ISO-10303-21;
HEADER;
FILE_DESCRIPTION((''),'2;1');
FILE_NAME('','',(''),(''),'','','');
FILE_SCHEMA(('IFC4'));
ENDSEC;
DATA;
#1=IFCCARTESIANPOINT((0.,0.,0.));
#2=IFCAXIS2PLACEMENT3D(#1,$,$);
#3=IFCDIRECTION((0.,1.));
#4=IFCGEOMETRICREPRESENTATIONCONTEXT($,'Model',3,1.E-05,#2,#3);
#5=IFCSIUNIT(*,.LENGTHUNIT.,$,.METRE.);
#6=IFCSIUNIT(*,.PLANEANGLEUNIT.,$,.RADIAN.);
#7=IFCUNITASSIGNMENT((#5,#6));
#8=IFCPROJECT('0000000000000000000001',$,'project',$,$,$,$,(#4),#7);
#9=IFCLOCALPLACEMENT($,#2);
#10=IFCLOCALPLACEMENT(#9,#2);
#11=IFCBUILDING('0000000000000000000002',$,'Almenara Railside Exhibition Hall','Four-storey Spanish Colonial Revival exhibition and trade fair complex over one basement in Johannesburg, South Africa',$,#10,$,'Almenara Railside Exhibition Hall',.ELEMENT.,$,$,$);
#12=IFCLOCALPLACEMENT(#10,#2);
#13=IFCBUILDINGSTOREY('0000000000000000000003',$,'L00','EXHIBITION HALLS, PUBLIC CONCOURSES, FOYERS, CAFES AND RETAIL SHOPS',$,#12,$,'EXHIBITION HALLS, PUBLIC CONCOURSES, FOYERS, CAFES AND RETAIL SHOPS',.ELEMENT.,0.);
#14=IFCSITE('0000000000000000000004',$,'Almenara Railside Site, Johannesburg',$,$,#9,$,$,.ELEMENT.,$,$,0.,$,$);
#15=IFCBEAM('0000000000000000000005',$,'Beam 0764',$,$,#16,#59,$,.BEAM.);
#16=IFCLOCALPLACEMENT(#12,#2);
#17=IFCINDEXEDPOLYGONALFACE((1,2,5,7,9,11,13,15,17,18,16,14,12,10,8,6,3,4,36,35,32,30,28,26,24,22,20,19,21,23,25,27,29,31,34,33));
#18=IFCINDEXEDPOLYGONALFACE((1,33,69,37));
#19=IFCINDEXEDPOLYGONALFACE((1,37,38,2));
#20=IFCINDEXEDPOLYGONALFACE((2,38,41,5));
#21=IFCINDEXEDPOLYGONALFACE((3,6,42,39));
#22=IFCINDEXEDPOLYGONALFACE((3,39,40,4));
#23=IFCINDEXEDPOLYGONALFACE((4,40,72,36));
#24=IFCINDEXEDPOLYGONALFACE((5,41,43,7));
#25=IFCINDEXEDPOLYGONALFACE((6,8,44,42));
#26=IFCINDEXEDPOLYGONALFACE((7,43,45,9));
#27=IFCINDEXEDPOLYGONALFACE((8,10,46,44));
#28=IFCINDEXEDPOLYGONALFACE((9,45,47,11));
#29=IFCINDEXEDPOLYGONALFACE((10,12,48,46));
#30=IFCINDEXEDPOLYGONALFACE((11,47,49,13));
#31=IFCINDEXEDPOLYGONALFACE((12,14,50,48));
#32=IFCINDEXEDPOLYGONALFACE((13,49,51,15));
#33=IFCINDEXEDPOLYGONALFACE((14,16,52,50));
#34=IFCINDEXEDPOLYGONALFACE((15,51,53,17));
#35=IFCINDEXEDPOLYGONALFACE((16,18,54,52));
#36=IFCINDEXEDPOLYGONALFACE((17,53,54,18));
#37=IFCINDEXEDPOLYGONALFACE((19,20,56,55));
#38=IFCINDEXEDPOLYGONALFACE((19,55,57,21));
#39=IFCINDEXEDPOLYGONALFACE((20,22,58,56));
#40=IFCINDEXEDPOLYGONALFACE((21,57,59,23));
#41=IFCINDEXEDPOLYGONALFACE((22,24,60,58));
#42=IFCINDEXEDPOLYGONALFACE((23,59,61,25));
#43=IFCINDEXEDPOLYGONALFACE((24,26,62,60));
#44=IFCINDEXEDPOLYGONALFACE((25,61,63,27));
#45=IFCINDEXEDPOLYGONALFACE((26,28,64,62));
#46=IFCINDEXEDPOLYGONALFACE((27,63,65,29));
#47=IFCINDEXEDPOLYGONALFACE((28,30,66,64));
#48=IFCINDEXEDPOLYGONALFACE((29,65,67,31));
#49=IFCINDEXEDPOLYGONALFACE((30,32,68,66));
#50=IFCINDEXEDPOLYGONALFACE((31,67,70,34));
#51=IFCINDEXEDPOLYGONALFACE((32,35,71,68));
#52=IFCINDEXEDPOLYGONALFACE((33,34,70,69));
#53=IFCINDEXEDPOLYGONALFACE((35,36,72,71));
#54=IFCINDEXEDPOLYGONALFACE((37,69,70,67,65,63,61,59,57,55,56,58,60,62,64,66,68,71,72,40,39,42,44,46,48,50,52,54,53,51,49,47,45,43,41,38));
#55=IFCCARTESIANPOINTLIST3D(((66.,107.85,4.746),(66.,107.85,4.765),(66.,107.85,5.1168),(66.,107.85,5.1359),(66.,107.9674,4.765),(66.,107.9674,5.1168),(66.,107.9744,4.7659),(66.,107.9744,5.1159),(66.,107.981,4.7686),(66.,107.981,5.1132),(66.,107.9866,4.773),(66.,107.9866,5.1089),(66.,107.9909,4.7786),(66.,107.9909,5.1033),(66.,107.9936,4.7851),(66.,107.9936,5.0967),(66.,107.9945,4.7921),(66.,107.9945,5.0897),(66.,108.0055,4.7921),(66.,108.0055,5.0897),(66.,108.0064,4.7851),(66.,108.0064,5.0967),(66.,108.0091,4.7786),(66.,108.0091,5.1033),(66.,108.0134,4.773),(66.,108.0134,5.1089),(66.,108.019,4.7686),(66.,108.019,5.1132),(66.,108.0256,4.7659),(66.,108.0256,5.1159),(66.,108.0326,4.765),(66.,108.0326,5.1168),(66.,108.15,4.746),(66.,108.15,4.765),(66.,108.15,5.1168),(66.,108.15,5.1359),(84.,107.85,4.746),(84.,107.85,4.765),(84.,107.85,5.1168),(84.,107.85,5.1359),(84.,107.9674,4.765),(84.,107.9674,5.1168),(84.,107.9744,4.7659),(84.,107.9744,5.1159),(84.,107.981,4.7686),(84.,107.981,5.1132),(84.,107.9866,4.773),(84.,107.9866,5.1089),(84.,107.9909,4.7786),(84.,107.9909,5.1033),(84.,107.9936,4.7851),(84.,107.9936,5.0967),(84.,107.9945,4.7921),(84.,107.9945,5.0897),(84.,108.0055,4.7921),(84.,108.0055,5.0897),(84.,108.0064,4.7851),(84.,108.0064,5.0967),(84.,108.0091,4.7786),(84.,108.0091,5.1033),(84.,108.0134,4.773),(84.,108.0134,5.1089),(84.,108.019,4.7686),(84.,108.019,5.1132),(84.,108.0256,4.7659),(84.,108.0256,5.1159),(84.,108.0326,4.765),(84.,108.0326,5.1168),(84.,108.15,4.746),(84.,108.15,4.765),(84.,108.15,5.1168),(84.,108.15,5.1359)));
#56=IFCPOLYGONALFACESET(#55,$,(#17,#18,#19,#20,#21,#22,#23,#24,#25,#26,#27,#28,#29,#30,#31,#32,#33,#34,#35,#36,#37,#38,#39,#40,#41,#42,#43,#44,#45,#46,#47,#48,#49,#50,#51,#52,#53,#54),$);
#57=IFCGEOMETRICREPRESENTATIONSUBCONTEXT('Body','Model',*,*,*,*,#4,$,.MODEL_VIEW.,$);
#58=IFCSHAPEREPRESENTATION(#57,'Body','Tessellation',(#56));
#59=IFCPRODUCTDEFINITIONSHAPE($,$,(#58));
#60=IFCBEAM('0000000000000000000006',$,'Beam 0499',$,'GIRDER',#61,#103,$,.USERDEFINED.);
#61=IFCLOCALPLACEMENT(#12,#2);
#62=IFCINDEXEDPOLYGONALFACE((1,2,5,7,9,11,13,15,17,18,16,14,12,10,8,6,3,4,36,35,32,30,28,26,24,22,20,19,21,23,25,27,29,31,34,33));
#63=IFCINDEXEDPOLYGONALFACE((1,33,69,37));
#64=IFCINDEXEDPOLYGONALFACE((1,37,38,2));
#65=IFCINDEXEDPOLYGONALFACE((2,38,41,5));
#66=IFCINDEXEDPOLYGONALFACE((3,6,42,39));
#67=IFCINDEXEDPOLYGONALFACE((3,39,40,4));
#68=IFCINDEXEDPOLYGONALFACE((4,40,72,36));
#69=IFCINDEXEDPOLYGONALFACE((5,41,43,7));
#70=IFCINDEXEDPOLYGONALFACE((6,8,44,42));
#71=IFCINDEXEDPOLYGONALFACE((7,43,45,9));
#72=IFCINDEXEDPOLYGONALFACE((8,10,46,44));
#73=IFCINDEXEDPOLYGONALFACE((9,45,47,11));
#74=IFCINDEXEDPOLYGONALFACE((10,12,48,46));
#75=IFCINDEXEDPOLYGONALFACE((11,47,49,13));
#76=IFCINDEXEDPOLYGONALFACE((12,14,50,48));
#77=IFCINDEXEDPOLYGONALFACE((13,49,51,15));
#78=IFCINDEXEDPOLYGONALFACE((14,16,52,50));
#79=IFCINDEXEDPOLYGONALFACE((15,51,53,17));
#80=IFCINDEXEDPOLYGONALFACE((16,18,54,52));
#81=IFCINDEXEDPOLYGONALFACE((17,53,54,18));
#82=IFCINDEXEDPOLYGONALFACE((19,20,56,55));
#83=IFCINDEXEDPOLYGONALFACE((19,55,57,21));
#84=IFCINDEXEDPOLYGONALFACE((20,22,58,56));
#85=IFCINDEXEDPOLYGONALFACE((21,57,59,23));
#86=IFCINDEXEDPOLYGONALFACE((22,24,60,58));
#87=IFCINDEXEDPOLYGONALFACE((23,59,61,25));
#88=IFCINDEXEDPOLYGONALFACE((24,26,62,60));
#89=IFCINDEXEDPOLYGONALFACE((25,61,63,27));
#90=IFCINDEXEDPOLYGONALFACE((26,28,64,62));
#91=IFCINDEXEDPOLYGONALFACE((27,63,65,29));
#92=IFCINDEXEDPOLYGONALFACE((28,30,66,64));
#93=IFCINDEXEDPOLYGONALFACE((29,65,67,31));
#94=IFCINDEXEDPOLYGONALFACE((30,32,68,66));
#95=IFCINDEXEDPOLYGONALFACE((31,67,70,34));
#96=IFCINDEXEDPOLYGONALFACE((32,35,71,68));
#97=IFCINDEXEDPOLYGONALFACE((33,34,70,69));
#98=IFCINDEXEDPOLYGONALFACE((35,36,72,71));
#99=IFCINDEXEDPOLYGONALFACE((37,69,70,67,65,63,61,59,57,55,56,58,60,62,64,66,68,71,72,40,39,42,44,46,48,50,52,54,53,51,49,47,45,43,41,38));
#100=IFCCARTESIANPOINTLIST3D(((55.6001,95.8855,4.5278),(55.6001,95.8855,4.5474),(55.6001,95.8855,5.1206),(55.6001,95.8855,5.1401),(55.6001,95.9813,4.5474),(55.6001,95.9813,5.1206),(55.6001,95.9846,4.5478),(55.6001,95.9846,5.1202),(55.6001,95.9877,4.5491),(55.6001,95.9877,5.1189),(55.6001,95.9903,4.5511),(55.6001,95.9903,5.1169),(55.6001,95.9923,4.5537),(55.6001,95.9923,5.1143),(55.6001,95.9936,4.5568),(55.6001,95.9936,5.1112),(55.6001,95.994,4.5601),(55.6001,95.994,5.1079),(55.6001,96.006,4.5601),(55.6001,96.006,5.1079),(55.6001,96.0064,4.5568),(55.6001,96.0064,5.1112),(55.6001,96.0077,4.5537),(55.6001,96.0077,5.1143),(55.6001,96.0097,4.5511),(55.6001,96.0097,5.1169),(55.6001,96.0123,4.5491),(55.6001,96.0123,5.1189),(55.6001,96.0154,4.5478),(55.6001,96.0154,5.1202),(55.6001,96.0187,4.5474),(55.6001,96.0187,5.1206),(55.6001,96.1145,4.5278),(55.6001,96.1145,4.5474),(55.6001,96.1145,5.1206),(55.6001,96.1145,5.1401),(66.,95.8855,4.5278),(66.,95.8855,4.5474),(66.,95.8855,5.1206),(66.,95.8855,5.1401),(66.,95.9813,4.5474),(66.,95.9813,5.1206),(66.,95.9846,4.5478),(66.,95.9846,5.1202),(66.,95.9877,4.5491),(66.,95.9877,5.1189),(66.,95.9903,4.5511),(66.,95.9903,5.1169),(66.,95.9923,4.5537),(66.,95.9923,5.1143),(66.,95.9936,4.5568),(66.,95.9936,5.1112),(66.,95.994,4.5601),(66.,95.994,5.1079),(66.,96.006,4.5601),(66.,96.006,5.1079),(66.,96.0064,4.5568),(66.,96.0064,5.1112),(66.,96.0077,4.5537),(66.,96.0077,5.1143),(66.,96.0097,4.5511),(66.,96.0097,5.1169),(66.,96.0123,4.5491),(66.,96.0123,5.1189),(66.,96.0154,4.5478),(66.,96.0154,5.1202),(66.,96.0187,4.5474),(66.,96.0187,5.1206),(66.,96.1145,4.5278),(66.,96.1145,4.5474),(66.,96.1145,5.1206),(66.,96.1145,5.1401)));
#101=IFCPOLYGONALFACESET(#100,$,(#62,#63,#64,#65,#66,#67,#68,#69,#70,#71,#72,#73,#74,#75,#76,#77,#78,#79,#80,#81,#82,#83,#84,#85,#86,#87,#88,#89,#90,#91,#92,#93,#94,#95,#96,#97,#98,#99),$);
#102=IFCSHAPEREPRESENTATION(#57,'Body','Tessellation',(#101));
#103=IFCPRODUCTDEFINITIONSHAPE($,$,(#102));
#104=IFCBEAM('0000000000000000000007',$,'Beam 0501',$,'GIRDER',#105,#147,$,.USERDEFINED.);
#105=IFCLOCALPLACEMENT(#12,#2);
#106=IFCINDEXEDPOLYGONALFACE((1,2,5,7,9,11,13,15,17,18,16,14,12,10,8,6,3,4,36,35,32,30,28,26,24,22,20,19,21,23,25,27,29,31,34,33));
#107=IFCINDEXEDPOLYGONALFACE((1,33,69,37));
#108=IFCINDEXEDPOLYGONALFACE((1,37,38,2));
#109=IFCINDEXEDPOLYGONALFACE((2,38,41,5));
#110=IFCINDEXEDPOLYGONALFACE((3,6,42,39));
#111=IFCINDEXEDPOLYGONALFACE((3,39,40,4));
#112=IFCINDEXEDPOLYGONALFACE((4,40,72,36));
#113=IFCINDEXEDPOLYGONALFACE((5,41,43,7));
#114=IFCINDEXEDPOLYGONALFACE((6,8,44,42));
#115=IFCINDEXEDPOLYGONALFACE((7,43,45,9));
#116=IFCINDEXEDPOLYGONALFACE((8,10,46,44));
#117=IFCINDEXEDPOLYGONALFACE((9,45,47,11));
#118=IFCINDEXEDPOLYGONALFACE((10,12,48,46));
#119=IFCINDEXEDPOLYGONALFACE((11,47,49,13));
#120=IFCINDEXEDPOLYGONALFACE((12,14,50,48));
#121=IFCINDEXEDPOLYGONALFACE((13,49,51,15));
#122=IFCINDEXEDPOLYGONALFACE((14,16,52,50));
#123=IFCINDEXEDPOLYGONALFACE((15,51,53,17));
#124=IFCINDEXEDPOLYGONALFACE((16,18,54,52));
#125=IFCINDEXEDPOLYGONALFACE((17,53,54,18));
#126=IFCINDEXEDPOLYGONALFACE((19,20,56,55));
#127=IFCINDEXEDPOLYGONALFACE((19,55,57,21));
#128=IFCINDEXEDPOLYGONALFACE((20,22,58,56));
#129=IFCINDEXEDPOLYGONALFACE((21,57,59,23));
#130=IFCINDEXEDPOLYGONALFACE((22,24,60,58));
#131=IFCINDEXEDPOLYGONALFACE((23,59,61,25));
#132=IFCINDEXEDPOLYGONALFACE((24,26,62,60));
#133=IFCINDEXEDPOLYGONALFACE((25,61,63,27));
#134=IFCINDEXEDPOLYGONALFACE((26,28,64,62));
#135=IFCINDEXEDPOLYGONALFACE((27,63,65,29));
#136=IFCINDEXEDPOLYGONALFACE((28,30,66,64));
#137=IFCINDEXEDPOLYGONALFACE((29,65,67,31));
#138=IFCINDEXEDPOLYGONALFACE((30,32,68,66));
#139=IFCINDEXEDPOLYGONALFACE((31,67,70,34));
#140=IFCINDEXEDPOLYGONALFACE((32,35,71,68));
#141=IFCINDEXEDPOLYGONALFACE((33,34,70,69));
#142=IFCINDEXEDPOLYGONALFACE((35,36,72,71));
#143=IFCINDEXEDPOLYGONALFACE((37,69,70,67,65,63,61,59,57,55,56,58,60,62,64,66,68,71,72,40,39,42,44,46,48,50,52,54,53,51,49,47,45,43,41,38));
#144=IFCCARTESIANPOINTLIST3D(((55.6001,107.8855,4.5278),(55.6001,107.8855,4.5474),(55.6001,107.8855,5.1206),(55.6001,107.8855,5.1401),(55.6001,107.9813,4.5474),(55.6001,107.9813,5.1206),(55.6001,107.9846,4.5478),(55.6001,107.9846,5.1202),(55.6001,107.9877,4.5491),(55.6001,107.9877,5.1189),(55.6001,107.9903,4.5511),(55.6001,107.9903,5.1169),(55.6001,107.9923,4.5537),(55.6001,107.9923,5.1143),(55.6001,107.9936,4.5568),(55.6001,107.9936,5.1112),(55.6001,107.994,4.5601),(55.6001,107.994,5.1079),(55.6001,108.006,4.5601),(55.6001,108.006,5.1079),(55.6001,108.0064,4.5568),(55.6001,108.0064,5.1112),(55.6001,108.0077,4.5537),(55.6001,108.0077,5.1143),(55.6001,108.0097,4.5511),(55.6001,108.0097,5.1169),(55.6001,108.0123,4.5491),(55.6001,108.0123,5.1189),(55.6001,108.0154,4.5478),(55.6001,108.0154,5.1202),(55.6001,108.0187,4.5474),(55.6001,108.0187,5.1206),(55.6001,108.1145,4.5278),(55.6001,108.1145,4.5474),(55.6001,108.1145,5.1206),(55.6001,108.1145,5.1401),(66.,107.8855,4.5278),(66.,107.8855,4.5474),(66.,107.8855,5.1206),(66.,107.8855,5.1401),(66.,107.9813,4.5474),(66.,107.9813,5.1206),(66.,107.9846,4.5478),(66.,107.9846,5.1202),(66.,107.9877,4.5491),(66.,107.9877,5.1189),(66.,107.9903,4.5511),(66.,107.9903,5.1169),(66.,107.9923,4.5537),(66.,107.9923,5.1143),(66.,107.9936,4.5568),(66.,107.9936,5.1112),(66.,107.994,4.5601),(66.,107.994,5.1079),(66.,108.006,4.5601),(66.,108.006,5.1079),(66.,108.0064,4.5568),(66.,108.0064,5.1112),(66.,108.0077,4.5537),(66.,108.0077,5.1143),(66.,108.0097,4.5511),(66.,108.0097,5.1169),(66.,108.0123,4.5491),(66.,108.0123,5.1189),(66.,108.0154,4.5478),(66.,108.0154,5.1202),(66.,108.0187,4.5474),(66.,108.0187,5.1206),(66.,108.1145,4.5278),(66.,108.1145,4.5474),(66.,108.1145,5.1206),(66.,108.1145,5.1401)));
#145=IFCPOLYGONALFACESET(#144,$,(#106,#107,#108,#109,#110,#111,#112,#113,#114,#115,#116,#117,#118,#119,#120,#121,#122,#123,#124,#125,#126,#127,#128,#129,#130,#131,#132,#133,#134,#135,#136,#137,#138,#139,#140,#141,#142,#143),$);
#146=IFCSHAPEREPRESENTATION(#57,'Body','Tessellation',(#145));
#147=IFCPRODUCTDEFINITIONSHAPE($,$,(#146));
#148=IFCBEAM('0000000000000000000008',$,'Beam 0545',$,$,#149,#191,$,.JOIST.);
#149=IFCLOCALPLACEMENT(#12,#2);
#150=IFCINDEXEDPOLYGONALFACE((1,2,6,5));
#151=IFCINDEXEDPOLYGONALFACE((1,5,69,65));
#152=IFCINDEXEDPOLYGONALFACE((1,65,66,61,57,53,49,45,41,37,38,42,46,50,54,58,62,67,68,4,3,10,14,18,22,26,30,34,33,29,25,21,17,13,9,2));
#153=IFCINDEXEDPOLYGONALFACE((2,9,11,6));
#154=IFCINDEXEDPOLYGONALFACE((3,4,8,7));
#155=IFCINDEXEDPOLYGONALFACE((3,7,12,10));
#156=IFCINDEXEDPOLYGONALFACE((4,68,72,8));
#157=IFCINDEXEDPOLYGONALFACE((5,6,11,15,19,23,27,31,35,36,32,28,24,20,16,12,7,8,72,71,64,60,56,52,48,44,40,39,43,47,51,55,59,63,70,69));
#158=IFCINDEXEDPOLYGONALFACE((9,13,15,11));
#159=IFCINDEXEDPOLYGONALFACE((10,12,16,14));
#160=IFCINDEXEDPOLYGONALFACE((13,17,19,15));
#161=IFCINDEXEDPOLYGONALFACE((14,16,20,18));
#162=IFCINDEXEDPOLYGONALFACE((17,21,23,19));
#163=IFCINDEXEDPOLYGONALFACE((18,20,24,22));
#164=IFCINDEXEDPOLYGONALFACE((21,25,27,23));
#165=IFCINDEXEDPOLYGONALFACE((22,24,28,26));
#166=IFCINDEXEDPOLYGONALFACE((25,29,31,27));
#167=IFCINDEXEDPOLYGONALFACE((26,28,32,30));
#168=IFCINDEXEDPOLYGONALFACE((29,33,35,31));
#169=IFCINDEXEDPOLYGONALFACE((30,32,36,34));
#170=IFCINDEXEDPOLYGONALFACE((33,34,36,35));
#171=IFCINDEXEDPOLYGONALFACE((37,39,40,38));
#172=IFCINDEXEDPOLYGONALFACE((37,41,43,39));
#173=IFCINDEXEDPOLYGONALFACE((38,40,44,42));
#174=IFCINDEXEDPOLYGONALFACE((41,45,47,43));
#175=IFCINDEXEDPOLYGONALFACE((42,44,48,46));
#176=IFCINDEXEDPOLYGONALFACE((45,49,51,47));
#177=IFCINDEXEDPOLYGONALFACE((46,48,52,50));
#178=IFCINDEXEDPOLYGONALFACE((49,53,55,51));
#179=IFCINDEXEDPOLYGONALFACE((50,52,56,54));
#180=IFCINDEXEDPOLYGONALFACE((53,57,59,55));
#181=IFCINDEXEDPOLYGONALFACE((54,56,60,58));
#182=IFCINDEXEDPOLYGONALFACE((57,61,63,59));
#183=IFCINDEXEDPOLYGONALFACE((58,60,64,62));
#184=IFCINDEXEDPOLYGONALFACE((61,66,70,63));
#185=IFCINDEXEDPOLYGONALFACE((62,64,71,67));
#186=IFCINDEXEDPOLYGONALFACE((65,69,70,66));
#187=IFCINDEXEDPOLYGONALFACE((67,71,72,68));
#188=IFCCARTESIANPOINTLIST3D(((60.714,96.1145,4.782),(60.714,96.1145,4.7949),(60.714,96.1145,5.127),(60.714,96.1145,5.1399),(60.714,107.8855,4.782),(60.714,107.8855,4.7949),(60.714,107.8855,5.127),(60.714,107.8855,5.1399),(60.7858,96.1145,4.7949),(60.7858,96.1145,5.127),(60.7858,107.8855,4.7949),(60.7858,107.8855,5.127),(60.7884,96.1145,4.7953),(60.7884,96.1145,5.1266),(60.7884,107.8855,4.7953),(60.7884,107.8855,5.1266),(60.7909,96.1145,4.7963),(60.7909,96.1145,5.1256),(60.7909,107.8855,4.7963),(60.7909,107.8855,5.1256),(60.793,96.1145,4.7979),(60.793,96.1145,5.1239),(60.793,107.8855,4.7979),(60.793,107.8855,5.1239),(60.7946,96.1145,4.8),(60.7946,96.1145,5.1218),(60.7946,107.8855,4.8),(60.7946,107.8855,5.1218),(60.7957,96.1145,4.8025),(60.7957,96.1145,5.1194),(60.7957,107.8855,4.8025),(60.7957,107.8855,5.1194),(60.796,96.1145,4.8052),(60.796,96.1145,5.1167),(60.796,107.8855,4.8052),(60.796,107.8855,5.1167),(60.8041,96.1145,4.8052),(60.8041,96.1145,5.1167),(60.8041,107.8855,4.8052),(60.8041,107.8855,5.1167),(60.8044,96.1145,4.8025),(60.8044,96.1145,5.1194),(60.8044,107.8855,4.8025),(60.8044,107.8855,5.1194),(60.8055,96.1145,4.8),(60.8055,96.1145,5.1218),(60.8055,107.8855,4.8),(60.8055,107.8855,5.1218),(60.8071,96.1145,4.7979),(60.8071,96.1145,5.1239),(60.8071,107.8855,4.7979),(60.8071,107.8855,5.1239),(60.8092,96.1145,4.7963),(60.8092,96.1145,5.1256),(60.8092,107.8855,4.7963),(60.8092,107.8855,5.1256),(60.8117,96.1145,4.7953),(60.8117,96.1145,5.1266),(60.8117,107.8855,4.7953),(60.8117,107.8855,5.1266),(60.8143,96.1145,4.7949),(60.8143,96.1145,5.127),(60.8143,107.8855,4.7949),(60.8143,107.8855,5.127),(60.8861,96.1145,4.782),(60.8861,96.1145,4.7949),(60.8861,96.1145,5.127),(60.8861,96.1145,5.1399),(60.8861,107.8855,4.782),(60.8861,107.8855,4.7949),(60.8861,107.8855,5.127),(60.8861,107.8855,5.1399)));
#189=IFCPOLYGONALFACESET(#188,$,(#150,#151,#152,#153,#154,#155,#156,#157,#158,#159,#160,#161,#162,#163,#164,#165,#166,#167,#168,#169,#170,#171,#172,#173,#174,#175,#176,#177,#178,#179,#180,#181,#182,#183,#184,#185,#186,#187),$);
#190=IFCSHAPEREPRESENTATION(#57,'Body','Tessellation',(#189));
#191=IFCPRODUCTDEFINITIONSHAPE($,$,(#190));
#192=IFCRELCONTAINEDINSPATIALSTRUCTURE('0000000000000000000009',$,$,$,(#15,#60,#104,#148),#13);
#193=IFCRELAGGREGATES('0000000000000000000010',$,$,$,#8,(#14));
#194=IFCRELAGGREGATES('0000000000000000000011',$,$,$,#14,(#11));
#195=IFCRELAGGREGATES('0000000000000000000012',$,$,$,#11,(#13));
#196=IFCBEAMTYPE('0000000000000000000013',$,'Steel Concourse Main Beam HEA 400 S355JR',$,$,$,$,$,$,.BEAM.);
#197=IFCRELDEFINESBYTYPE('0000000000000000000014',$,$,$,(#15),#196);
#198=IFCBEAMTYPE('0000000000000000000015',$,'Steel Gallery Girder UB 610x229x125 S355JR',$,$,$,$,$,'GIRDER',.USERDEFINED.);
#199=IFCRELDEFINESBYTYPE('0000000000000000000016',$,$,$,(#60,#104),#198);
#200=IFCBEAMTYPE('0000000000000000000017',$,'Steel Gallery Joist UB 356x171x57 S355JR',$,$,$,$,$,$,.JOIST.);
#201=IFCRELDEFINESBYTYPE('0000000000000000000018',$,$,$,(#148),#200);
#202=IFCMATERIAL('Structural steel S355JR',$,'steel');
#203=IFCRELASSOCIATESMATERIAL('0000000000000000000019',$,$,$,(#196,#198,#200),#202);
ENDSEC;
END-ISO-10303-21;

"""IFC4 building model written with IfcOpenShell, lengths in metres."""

from ifc_helpers import new_model, si_unit, direction, frame, origin, origin_2d, place, context, subcontext, project, spatial, i_section, extrude, material, material_profile, profile_set, type_object, element, save


model = new_model("IFC4")

# Units and contexts
model_context = context("Model", 3, precision=1e-05, world=origin(), true_north=direction((0.0, 1.0)))
body_context = subcontext(model_context, "Body", "Model", "MODEL_VIEW")
ifc_project = project(units=[si_unit("LENGTHUNIT", "METRE"), si_unit("PLANEANGLEUNIT", "RADIAN")], contexts=[model_context])

# Site, building, storey
site_placement = place(None, origin())
site = spatial("IfcSite", under=ifc_project, at=site_placement, Name="Almenara Railside Site, Johannesburg", CompositionType="ELEMENT", RefElevation=0.0)
building_placement = place(site_placement, origin())
building = spatial("IfcBuilding", under=site, at=building_placement, Name="Almenara Railside Exhibition Hall", Description="Four-storey Spanish Colonial Revival exhibition and trade fair complex over one basement in Johannesburg, South Africa", LongName="Almenara Railside Exhibition Hall", CompositionType="ELEMENT")
storey_placement = place(building_placement, origin())
storey = spatial("IfcBuildingStorey", under=building, at=storey_placement, Name="L00", Description="EXHIBITION HALLS, PUBLIC CONCOURSES, FOYERS, CAFES AND RETAIL SHOPS", LongName="EXHIBITION HALLS, PUBLIC CONCOURSES, FOYERS, CAFES AND RETAIL SHOPS", CompositionType="ELEMENT", Elevation=0.0)

# Beams
ifc_material_1 = material(Name="Structural steel S355JR", Category="steel")
ifc_material_profile_1 = material_profile(ifc_material_1, i_section(OverallWidth=0.3, OverallDepth=0.3899, WebThickness=0.011, FlangeThickness=0.019, FilletRadius=0.0271, at=origin_2d()), Name="HEA 400")
ifc_profile_set_1 = profile_set([ifc_material_profile_1], Name="Structural steel S355JR")
beam_type_1 = type_object("IfcBeamType", Name="Steel Concourse Main Beam HEA 400 S355JR", PredefinedType="BEAM", material=ifc_profile_set_1)
beam_1_placement = place(storey_placement, frame((66.0, 108.0, 4.9409), z_axis=(1.0, 0.0, 0.0), x_axis=(0.0, 1.0, 0.0)))
element("IfcBeam", 1, at=beam_1_placement, inside=storey, type_object=beam_type_1, Name="Beam 0764", PredefinedType="BEAM", context=body_context, shape_type="SweptSolid", body=[
    extrude(i_section(OverallWidth=0.3, OverallDepth=0.3899, WebThickness=0.011, FlangeThickness=0.019, FilletRadius=0.0271, at=origin_2d()), origin(), (0.0, 0.0, 1.0), 18.0),
])
ifc_material_profile_2 = material_profile(ifc_material_1, i_section(OverallWidth=0.229, OverallDepth=0.6123, WebThickness=0.012, FlangeThickness=0.0195, FilletRadius=0.0127, at=origin_2d()), Name="UB 610x229x125")
ifc_profile_set_2 = profile_set([ifc_material_profile_2], Name="Structural steel S355JR")
beam_type_2 = type_object("IfcBeamType", Name="Steel Gallery Girder UB 610x229x125 S355JR", ElementType="GIRDER", PredefinedType="USERDEFINED", material=ifc_profile_set_2)
for number, where, z_axis, x_axis, name in (
    (2, (55.6001, 96.0, 4.834), (1.0, 0.0, 0.0), (0.0, 1.0, 0.0), "Beam 0499"),
    (3, (55.6001, 108.0, 4.834), (1.0, 0.0, 0.0), (0.0, 1.0, 0.0), "Beam 0501"),
):
    element("IfcBeam", number, at=place(storey_placement, frame(where, z_axis=z_axis, x_axis=x_axis)), inside=storey, type_object=beam_type_2, Name=name, ObjectType="GIRDER", PredefinedType="USERDEFINED", context=body_context, shape_type="SweptSolid", body=[
        extrude(i_section(OverallWidth=0.229, OverallDepth=0.6123, WebThickness=0.012, FlangeThickness=0.0195, FilletRadius=0.0127, at=origin_2d()), origin(), (0.0, 0.0, 1.0), 10.3999),
    ])
ifc_material_profile_3 = material_profile(ifc_material_1, i_section(OverallWidth=0.1721, OverallDepth=0.3579, WebThickness=0.0081, FlangeThickness=0.0129, FilletRadius=0.0103, at=origin_2d()), Name="UB 356x171x57")
ifc_profile_set_3 = profile_set([ifc_material_profile_3], Name="Structural steel S355JR")
beam_type_3 = type_object("IfcBeamType", Name="Steel Gallery Joist UB 356x171x57 S355JR", PredefinedType="JOIST", material=ifc_profile_set_3)
for number, where, z_axis, x_axis, name in (
    (4, (60.8, 96.1145, 4.9609), (0.0, 1.0, 0.0), (-1.0, 0.0, 0.0), "Beam 0545"),
):
    element("IfcBeam", number, at=place(storey_placement, frame(where, z_axis=z_axis, x_axis=x_axis)), inside=storey, type_object=beam_type_3, Name=name, PredefinedType="JOIST", context=body_context, shape_type="SweptSolid", body=[
        extrude(i_section(OverallWidth=0.1721, OverallDepth=0.3579, WebThickness=0.0081, FlangeThickness=0.0129, FilletRadius=0.0103, at=origin_2d()), origin(), (0.0, 0.0, 1.0), 11.771),
    ])

save(model, "model.ifc")
